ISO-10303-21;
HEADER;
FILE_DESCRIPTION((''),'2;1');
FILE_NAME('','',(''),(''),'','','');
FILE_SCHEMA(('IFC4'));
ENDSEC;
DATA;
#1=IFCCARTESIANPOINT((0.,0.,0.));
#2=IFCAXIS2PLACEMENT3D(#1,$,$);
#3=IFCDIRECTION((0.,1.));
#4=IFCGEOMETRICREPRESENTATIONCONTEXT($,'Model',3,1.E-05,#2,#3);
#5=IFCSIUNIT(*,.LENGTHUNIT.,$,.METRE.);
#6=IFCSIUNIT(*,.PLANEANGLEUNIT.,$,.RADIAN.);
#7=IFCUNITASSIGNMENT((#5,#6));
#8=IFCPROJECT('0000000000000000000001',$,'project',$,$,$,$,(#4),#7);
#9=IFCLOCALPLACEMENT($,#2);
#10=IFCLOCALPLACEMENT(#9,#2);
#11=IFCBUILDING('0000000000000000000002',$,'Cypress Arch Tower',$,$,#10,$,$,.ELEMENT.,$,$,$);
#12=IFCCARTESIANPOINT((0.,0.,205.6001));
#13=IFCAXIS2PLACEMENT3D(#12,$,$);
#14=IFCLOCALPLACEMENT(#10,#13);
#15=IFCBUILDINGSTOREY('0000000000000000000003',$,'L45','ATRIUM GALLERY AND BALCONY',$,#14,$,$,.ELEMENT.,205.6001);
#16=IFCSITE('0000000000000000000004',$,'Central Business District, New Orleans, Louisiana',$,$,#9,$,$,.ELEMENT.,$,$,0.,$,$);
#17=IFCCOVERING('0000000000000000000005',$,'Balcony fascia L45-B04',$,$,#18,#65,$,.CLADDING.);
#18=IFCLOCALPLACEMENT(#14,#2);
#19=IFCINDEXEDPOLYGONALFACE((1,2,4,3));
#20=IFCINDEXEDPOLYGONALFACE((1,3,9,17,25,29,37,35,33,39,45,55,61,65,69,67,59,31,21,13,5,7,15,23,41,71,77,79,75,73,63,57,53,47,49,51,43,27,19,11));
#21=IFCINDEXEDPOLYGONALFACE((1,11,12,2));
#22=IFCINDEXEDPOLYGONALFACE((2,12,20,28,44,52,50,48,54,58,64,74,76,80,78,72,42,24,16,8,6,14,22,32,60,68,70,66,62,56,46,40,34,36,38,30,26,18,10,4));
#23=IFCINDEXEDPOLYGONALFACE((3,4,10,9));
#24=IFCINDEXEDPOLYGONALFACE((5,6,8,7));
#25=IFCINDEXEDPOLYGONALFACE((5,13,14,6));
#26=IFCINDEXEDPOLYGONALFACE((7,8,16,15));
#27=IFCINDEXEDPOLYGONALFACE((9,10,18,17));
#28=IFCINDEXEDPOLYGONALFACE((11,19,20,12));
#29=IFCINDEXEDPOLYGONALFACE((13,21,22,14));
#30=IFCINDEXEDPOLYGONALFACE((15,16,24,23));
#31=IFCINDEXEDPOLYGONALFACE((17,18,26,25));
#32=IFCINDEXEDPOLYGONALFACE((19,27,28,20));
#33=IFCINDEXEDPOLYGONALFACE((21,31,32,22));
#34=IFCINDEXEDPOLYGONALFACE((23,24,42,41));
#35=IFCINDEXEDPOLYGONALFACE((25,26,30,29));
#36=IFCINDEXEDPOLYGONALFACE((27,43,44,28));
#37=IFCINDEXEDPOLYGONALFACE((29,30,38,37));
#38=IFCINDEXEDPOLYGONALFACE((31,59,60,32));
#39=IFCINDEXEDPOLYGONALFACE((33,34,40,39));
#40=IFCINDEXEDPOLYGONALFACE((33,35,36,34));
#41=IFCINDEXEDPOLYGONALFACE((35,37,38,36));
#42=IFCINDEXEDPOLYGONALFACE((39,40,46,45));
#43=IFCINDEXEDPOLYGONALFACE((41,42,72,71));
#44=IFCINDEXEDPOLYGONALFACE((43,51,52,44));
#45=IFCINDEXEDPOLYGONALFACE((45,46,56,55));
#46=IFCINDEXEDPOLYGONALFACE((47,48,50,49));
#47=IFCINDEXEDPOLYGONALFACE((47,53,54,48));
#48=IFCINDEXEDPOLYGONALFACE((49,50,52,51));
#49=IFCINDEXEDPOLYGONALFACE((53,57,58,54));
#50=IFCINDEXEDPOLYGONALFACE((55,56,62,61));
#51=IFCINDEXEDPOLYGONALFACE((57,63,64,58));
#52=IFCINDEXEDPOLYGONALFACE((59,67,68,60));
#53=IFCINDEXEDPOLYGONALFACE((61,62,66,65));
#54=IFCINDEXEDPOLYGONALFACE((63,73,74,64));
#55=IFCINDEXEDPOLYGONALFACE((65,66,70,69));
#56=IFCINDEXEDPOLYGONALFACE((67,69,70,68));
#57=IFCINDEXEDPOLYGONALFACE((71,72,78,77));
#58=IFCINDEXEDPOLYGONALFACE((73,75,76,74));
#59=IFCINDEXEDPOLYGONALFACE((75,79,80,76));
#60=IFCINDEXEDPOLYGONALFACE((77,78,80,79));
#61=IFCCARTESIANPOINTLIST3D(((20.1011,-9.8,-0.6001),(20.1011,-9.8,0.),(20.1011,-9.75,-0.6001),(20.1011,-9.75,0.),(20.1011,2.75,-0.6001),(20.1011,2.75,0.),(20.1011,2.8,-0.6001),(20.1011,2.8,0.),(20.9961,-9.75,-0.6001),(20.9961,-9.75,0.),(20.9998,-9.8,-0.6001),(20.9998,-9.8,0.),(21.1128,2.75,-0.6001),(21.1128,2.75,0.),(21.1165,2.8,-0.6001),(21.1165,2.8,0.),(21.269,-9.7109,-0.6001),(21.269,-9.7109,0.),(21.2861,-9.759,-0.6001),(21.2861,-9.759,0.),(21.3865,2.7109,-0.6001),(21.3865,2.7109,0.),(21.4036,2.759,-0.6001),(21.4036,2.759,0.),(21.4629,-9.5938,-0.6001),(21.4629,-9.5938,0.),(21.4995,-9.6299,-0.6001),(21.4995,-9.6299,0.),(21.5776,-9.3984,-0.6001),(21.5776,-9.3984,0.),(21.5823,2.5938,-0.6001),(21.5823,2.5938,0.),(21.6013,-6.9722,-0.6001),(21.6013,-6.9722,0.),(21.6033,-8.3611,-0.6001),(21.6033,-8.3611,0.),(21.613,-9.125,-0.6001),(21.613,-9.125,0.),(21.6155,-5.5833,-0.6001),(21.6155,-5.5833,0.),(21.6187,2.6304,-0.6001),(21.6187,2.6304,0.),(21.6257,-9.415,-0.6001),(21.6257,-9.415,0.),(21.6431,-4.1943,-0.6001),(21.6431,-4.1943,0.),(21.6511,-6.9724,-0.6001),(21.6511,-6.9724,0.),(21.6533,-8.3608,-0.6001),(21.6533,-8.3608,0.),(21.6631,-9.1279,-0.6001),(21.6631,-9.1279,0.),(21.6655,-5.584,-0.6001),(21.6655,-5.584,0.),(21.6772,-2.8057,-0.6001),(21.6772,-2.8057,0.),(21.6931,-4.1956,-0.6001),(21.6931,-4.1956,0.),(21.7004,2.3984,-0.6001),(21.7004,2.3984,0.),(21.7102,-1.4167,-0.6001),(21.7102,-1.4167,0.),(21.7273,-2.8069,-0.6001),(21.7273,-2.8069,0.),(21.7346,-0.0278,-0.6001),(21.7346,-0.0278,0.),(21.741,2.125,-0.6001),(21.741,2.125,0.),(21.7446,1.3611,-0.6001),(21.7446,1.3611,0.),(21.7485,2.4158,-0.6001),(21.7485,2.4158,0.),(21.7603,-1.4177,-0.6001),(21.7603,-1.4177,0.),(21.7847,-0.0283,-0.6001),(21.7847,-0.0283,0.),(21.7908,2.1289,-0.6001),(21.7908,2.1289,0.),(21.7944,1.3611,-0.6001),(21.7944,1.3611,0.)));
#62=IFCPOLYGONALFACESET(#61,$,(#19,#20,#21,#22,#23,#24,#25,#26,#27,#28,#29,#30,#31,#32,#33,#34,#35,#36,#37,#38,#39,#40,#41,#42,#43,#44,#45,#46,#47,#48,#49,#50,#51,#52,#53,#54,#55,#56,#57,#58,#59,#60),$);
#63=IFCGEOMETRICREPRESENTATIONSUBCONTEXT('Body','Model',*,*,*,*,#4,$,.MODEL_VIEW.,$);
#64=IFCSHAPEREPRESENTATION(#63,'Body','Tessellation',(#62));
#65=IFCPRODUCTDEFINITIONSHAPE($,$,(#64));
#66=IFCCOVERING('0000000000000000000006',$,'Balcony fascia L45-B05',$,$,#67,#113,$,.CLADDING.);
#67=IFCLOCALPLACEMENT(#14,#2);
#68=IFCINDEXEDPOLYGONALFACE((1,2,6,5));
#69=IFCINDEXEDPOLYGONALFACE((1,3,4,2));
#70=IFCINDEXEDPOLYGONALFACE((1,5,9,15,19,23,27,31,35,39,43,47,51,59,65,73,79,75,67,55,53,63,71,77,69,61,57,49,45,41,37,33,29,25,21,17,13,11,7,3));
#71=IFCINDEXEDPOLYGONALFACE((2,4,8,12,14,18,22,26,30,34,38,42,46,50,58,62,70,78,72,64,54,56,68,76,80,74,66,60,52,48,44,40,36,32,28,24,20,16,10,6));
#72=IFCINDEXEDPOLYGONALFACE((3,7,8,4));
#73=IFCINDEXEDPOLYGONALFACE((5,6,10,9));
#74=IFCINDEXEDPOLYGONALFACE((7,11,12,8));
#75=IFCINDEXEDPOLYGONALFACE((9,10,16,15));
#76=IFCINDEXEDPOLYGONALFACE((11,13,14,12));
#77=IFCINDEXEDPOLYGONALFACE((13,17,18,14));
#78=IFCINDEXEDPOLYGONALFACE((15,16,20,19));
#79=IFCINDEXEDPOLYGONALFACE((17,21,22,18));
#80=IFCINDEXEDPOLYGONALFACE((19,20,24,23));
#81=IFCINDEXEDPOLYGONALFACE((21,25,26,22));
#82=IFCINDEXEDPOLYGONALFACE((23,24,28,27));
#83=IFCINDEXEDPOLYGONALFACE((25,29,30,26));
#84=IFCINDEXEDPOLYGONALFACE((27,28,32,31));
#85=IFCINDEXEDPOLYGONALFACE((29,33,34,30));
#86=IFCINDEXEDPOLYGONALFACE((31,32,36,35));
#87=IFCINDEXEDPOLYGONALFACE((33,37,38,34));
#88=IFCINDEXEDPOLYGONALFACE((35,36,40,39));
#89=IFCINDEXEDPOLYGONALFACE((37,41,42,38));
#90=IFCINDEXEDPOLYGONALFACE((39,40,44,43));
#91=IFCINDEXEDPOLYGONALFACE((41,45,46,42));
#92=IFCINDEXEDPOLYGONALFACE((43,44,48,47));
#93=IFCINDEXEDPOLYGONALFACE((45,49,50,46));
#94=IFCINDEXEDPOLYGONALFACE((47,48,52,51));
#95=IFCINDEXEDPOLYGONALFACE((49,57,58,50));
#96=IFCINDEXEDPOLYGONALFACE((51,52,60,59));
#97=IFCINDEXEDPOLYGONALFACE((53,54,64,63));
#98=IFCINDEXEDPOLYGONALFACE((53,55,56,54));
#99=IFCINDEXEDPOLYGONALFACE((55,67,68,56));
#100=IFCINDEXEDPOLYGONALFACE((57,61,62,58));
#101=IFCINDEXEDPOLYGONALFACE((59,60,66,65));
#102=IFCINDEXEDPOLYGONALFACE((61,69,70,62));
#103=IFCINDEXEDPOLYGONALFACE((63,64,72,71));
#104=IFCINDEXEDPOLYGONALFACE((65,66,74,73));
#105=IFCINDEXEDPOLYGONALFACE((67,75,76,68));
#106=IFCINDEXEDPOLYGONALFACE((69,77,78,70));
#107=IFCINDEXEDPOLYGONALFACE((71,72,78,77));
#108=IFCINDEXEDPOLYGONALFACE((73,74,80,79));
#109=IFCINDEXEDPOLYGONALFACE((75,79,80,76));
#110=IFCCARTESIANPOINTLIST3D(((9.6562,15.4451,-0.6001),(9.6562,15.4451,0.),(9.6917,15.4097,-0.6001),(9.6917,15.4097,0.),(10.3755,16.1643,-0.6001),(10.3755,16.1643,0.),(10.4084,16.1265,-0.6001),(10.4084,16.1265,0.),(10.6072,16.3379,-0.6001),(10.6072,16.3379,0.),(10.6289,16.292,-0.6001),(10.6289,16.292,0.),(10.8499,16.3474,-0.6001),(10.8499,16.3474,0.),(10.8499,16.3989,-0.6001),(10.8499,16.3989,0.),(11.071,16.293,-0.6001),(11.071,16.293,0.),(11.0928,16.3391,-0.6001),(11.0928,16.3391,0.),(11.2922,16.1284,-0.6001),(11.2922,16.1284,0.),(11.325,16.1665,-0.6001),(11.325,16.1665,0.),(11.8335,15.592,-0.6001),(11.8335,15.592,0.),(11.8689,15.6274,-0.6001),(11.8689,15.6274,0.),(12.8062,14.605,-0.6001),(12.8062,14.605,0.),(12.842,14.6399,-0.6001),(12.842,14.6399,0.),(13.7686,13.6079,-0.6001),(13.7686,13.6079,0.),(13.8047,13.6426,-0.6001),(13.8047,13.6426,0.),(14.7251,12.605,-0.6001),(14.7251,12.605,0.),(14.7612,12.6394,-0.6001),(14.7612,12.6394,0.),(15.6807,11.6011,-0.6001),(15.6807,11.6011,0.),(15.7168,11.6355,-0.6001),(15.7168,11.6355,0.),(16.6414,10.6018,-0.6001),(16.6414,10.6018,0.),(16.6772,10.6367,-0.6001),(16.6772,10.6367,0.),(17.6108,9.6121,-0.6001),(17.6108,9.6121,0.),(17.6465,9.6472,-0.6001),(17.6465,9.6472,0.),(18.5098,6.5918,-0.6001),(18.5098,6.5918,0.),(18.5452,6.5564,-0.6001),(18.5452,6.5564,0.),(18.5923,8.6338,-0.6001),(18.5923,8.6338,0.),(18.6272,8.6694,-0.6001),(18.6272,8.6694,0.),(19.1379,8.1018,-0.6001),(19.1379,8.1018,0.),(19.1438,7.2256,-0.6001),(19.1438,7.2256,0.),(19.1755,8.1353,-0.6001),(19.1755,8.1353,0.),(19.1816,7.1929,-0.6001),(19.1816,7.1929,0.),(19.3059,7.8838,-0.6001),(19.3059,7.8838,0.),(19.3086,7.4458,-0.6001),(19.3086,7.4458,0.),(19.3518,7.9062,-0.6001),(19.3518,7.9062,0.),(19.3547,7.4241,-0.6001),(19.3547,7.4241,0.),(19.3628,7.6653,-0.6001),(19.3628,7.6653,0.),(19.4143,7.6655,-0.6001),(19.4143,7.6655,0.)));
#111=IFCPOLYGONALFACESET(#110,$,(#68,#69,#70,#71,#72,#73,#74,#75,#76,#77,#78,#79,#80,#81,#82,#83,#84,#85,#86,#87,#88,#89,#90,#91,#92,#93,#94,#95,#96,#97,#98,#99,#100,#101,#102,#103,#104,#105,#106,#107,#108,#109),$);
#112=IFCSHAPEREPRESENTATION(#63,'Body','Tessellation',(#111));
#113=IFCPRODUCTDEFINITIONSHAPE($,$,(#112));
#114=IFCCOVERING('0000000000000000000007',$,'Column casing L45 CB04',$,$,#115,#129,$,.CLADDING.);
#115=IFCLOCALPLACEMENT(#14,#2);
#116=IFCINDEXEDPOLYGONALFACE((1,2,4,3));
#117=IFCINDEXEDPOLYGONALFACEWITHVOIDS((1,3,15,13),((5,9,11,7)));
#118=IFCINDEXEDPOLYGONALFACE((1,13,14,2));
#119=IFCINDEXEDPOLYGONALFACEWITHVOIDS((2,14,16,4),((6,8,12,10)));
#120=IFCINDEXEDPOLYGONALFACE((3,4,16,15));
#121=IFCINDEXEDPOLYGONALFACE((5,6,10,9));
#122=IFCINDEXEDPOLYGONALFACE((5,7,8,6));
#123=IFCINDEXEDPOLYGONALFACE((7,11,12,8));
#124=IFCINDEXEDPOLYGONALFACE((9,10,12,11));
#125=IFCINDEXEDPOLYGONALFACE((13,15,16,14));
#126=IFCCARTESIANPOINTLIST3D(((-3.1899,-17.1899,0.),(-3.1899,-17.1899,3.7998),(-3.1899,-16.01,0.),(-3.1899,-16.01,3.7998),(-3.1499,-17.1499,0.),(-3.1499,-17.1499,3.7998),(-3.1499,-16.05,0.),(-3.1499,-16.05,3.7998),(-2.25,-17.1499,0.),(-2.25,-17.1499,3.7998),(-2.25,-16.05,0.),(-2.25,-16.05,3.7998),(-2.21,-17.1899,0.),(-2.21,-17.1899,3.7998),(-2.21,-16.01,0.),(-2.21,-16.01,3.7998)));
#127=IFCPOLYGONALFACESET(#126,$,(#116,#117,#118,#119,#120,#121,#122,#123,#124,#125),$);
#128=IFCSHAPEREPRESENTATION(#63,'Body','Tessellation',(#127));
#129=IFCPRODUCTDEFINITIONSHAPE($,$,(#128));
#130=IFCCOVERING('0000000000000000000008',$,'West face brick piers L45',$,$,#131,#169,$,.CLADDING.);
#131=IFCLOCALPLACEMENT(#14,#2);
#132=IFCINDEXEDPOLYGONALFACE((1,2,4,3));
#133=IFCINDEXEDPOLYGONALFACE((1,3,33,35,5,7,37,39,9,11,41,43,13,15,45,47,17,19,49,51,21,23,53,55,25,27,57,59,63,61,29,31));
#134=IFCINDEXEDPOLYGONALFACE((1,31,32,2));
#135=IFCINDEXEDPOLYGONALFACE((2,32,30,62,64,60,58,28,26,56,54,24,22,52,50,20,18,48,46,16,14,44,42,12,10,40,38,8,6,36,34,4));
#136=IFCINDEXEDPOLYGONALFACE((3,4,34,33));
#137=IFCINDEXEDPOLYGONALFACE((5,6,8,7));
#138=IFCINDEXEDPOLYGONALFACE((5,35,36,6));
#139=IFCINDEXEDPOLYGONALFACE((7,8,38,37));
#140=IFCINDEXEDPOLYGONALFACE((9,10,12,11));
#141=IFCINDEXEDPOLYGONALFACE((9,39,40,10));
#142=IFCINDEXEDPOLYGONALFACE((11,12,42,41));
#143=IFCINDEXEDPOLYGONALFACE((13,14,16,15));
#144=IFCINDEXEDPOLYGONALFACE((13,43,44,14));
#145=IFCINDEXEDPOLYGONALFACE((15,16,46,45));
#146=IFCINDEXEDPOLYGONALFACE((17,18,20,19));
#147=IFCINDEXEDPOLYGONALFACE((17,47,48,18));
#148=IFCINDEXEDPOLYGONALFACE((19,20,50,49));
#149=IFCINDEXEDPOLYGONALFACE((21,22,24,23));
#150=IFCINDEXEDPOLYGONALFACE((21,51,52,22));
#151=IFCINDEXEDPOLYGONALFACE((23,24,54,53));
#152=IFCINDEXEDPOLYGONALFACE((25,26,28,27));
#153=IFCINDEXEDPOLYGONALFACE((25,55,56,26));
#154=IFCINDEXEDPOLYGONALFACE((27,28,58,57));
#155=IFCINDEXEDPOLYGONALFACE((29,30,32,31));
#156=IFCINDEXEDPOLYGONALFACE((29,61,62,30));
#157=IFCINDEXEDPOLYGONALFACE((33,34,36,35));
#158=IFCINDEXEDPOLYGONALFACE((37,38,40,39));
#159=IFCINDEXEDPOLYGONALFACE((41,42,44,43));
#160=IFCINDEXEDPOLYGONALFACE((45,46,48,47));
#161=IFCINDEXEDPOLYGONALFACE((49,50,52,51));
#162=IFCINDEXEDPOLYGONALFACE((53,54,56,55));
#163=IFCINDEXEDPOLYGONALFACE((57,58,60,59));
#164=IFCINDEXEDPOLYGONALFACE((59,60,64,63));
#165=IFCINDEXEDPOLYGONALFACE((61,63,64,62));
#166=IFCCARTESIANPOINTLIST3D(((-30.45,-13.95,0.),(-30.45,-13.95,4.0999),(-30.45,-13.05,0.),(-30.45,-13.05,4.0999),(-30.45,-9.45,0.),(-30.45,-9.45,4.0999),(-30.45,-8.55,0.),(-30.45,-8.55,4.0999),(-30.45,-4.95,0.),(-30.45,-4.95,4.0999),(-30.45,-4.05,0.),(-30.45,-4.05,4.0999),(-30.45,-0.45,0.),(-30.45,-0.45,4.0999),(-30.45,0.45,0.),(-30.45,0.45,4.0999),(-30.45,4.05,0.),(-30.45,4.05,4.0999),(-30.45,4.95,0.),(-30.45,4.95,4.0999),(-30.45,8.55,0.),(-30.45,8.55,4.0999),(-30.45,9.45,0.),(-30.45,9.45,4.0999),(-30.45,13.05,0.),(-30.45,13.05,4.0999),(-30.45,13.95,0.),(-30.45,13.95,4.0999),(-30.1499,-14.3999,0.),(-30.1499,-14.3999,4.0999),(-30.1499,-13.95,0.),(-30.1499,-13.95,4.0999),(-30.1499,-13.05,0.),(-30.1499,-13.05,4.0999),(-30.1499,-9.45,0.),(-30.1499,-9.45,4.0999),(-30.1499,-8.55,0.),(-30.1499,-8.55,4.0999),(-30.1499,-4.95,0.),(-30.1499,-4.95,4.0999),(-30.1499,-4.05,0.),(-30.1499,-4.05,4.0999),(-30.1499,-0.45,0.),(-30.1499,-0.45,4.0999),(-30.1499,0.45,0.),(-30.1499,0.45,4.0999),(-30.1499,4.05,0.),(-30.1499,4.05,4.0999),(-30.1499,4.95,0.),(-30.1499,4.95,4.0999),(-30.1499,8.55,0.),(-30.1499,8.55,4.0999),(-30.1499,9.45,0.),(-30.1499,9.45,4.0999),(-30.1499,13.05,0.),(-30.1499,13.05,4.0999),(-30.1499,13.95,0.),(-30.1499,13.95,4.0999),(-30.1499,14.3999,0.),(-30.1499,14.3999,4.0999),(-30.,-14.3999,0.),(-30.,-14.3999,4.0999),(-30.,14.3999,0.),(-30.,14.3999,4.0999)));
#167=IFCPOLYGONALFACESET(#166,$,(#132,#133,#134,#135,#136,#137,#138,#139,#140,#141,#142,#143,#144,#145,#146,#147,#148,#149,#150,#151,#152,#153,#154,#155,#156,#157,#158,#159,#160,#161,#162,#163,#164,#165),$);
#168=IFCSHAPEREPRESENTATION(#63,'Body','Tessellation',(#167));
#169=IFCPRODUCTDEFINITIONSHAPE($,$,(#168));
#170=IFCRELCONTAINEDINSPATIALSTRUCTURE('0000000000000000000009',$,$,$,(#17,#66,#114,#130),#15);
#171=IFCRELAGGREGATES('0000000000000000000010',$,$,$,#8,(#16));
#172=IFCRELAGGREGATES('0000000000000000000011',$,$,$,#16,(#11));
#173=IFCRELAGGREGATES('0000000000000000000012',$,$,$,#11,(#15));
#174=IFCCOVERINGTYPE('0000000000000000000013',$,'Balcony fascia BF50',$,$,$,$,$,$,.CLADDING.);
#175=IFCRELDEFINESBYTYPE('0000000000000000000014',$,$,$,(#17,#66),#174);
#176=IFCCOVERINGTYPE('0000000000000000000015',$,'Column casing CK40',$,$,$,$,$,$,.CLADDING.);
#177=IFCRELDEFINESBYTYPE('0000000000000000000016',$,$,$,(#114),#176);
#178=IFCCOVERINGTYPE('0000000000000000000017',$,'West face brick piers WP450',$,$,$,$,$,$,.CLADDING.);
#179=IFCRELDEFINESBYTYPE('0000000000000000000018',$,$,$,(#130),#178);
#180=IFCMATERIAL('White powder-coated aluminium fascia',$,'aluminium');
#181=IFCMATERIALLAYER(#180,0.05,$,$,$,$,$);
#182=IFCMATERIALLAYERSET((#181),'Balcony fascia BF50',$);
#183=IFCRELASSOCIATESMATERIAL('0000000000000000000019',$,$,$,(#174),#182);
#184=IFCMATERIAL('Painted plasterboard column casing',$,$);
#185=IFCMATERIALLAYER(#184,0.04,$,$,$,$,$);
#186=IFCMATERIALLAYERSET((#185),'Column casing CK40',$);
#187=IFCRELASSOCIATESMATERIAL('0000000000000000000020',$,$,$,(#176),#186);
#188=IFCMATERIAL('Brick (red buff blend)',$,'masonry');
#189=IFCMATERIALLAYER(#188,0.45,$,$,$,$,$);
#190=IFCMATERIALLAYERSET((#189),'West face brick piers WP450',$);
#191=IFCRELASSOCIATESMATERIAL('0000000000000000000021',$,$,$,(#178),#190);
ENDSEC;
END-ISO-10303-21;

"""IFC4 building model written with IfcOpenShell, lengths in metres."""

from ifc_helpers import new_model, si_unit, direction, frame, origin, place, context, subcontext, project, spatial, polyline, outline, extrude, material, layer, layer_set, type_object, element, save


model = new_model("IFC4")

# Units and contexts
model_context = context("Model", 3, precision=1e-05, world=origin(), true_north=direction((0.0, 1.0)))
body_context = subcontext(model_context, "Body", "Model", "MODEL_VIEW")
ifc_project = project(units=[si_unit("LENGTHUNIT", "METRE"), si_unit("PLANEANGLEUNIT", "RADIAN")], contexts=[model_context])

# Site, building, storey
site_placement = place(None, origin())
site = spatial("IfcSite", under=ifc_project, at=site_placement, Name="Central Business District, New Orleans, Louisiana", CompositionType="ELEMENT", RefElevation=0.0)
building_placement = place(site_placement, origin())
building = spatial("IfcBuilding", under=site, at=building_placement, Name="Cypress Arch Tower", CompositionType="ELEMENT")
storey_placement = place(building_placement, frame((0.0, 0.0, 205.6001)))
storey = spatial("IfcBuildingStorey", under=building, at=storey_placement, Name="L45", Description="ATRIUM GALLERY AND BALCONY", CompositionType="ELEMENT", Elevation=205.6001)

# Coverings
ifc_material_1 = material(Name="White powder-coated aluminium fascia", Category="aluminium")
ifc_layer_1 = layer(ifc_material_1, 0.05)
ifc_layer_set_1 = layer_set([ifc_layer_1], Name="Balcony fascia BF50")
covering_type_1 = type_object("IfcCoveringType", Name="Balcony fascia BF50", PredefinedType="CLADDING", material=ifc_layer_set_1)
covering_1_placement = place(storey_placement, frame((0.0, 0.0, -0.6001)))
element("IfcCovering", 1, at=covering_1_placement, inside=storey, type_object=covering_type_1, Name="Balcony fascia L45-B04", PredefinedType="CLADDING", context=body_context, shape_type="SweptSolid", body=[
    extrude(outline(polyline([(21.1165, 2.8), (21.4036, 2.759), (21.6187, 2.6304), (21.7485, 2.4158), (21.7908, 2.1289), (21.7944, 1.3611), (21.7847, -0.0283), (21.7603, -1.4177), (21.7273, -2.8069), (21.6931, -4.1956), (21.6655, -5.584), (21.6511, -6.9724), (21.6533, -8.3608), (21.6631, -9.1279), (21.6257, -9.415), (21.4995, -9.6299), (21.2861, -9.759), (20.9998, -9.8), (20.1011, -9.8), (20.1011, -9.75), (20.9961, -9.75), (21.269, -9.7109), (21.4629, -9.5938), (21.5776, -9.3984), (21.613, -9.125), (21.6033, -8.3611), (21.6013, -6.9722), (21.6155, -5.5833), (21.6431, -4.1943), (21.6772, -2.8057), (21.7102, -1.4167), (21.7346, -0.0278), (21.7446, 1.3611), (21.741, 2.125), (21.7004, 2.3984), (21.5823, 2.5938), (21.3865, 2.7109), (21.1128, 2.75), (20.1011, 2.75), (20.1011, 2.8), (21.1165, 2.8)])), origin(), (0.0, 0.0, 1.0), 0.6001),
])
covering_2_placement = place(storey_placement, frame((0.0, 0.0, -0.6001)))
element("IfcCovering", 2, at=covering_2_placement, inside=storey, type_object=covering_type_1, Name="Balcony fascia L45-B05", PredefinedType="CLADDING", context=body_context, shape_type="SweptSolid", body=[
    extrude(outline(polyline([(10.3755, 16.1643), (10.6072, 16.3379), (10.8499, 16.3989), (11.0928, 16.3391), (11.325, 16.1665), (11.8689, 15.6274), (12.842, 14.6399), (13.8047, 13.6426), (14.7612, 12.6394), (15.7168, 11.6355), (16.6772, 10.6367), (17.6465, 9.6472), (18.6272, 8.6694), (19.1755, 8.1353), (19.3518, 7.9062), (19.4143, 7.6655), (19.3547, 7.4241), (19.1816, 7.1929), (18.5452, 6.5564), (18.5098, 6.5918), (19.1438, 7.2256), (19.3086, 7.4458), (19.3628, 7.6653), (19.3059, 7.8838), (19.1379, 8.1018), (18.5923, 8.6338), (17.6108, 9.6121), (16.6414, 10.6018), (15.6807, 11.6011), (14.7251, 12.605), (13.7686, 13.6079), (12.8062, 14.605), (11.8335, 15.592), (11.2922, 16.1284), (11.071, 16.293), (10.8499, 16.3474), (10.6289, 16.292), (10.4084, 16.1265), (9.6917, 15.4097), (9.6562, 15.4451), (10.3755, 16.1643)])), origin(), (0.0, 0.0, 1.0), 0.6001),
])
ifc_material_2 = material(Name="Painted plasterboard column casing")
ifc_layer_2 = layer(ifc_material_2, 0.04)
ifc_layer_set_2 = layer_set([ifc_layer_2], Name="Column casing CK40")
covering_type_2 = type_object("IfcCoveringType", Name="Column casing CK40", PredefinedType="CLADDING", material=ifc_layer_set_2)
covering_3_placement = place(storey_placement, origin())
element("IfcCovering", 3, at=covering_3_placement, inside=storey, type_object=covering_type_2, Name="Column casing L45 CB04", PredefinedType="CLADDING", context=body_context, shape_type="SweptSolid", body=[
    extrude(outline(polyline([(-3.1899, -17.1899), (-3.1899, -16.01), (-2.21, -16.01), (-2.21, -17.1899), (-3.1899, -17.1899)]), holes=[polyline([(-3.1499, -17.1499), (-2.25, -17.1499), (-2.25, -16.05), (-3.1499, -16.05), (-3.1499, -17.1499)])]), origin(), (0.0, 0.0, 1.0), 3.7998),
])
ifc_material_3 = material(Name="Brick (red buff blend)", Category="masonry")
ifc_layer_3 = layer(ifc_material_3, 0.45)
ifc_layer_set_3 = layer_set([ifc_layer_3], Name="West face brick piers WP450")
covering_type_3 = type_object("IfcCoveringType", Name="West face brick piers WP450", PredefinedType="CLADDING", material=ifc_layer_set_3)
covering_4_placement = place(storey_placement, origin())
element("IfcCovering", 4, at=covering_4_placement, inside=storey, type_object=covering_type_3, Name="West face brick piers L45", PredefinedType="CLADDING", context=body_context, shape_type="SweptSolid", body=[
    extrude(outline(polyline([(-30.1499, -13.05), (-30.1499, -9.45), (-30.45, -9.45), (-30.45, -8.55), (-30.1499, -8.55), (-30.1499, -4.95), (-30.45, -4.95), (-30.45, -4.05), (-30.1499, -4.05), (-30.1499, -0.45), (-30.45, -0.45), (-30.45, 0.45), (-30.1499, 0.45), (-30.1499, 4.05), (-30.45, 4.05), (-30.45, 4.95), (-30.1499, 4.95), (-30.1499, 8.55), (-30.45, 8.55), (-30.45, 9.45), (-30.1499, 9.45), (-30.1499, 13.05), (-30.45, 13.05), (-30.45, 13.95), (-30.1499, 13.95), (-30.1499, 14.3999), (-30.0, 14.3999), (-30.0, -14.3999), (-30.1499, -14.3999), (-30.1499, -13.95), (-30.45, -13.95), (-30.45, -13.05), (-30.1499, -13.05)])), origin(), (0.0, 0.0, 1.0), 4.0999),
])

save(model, "model.ifc")
